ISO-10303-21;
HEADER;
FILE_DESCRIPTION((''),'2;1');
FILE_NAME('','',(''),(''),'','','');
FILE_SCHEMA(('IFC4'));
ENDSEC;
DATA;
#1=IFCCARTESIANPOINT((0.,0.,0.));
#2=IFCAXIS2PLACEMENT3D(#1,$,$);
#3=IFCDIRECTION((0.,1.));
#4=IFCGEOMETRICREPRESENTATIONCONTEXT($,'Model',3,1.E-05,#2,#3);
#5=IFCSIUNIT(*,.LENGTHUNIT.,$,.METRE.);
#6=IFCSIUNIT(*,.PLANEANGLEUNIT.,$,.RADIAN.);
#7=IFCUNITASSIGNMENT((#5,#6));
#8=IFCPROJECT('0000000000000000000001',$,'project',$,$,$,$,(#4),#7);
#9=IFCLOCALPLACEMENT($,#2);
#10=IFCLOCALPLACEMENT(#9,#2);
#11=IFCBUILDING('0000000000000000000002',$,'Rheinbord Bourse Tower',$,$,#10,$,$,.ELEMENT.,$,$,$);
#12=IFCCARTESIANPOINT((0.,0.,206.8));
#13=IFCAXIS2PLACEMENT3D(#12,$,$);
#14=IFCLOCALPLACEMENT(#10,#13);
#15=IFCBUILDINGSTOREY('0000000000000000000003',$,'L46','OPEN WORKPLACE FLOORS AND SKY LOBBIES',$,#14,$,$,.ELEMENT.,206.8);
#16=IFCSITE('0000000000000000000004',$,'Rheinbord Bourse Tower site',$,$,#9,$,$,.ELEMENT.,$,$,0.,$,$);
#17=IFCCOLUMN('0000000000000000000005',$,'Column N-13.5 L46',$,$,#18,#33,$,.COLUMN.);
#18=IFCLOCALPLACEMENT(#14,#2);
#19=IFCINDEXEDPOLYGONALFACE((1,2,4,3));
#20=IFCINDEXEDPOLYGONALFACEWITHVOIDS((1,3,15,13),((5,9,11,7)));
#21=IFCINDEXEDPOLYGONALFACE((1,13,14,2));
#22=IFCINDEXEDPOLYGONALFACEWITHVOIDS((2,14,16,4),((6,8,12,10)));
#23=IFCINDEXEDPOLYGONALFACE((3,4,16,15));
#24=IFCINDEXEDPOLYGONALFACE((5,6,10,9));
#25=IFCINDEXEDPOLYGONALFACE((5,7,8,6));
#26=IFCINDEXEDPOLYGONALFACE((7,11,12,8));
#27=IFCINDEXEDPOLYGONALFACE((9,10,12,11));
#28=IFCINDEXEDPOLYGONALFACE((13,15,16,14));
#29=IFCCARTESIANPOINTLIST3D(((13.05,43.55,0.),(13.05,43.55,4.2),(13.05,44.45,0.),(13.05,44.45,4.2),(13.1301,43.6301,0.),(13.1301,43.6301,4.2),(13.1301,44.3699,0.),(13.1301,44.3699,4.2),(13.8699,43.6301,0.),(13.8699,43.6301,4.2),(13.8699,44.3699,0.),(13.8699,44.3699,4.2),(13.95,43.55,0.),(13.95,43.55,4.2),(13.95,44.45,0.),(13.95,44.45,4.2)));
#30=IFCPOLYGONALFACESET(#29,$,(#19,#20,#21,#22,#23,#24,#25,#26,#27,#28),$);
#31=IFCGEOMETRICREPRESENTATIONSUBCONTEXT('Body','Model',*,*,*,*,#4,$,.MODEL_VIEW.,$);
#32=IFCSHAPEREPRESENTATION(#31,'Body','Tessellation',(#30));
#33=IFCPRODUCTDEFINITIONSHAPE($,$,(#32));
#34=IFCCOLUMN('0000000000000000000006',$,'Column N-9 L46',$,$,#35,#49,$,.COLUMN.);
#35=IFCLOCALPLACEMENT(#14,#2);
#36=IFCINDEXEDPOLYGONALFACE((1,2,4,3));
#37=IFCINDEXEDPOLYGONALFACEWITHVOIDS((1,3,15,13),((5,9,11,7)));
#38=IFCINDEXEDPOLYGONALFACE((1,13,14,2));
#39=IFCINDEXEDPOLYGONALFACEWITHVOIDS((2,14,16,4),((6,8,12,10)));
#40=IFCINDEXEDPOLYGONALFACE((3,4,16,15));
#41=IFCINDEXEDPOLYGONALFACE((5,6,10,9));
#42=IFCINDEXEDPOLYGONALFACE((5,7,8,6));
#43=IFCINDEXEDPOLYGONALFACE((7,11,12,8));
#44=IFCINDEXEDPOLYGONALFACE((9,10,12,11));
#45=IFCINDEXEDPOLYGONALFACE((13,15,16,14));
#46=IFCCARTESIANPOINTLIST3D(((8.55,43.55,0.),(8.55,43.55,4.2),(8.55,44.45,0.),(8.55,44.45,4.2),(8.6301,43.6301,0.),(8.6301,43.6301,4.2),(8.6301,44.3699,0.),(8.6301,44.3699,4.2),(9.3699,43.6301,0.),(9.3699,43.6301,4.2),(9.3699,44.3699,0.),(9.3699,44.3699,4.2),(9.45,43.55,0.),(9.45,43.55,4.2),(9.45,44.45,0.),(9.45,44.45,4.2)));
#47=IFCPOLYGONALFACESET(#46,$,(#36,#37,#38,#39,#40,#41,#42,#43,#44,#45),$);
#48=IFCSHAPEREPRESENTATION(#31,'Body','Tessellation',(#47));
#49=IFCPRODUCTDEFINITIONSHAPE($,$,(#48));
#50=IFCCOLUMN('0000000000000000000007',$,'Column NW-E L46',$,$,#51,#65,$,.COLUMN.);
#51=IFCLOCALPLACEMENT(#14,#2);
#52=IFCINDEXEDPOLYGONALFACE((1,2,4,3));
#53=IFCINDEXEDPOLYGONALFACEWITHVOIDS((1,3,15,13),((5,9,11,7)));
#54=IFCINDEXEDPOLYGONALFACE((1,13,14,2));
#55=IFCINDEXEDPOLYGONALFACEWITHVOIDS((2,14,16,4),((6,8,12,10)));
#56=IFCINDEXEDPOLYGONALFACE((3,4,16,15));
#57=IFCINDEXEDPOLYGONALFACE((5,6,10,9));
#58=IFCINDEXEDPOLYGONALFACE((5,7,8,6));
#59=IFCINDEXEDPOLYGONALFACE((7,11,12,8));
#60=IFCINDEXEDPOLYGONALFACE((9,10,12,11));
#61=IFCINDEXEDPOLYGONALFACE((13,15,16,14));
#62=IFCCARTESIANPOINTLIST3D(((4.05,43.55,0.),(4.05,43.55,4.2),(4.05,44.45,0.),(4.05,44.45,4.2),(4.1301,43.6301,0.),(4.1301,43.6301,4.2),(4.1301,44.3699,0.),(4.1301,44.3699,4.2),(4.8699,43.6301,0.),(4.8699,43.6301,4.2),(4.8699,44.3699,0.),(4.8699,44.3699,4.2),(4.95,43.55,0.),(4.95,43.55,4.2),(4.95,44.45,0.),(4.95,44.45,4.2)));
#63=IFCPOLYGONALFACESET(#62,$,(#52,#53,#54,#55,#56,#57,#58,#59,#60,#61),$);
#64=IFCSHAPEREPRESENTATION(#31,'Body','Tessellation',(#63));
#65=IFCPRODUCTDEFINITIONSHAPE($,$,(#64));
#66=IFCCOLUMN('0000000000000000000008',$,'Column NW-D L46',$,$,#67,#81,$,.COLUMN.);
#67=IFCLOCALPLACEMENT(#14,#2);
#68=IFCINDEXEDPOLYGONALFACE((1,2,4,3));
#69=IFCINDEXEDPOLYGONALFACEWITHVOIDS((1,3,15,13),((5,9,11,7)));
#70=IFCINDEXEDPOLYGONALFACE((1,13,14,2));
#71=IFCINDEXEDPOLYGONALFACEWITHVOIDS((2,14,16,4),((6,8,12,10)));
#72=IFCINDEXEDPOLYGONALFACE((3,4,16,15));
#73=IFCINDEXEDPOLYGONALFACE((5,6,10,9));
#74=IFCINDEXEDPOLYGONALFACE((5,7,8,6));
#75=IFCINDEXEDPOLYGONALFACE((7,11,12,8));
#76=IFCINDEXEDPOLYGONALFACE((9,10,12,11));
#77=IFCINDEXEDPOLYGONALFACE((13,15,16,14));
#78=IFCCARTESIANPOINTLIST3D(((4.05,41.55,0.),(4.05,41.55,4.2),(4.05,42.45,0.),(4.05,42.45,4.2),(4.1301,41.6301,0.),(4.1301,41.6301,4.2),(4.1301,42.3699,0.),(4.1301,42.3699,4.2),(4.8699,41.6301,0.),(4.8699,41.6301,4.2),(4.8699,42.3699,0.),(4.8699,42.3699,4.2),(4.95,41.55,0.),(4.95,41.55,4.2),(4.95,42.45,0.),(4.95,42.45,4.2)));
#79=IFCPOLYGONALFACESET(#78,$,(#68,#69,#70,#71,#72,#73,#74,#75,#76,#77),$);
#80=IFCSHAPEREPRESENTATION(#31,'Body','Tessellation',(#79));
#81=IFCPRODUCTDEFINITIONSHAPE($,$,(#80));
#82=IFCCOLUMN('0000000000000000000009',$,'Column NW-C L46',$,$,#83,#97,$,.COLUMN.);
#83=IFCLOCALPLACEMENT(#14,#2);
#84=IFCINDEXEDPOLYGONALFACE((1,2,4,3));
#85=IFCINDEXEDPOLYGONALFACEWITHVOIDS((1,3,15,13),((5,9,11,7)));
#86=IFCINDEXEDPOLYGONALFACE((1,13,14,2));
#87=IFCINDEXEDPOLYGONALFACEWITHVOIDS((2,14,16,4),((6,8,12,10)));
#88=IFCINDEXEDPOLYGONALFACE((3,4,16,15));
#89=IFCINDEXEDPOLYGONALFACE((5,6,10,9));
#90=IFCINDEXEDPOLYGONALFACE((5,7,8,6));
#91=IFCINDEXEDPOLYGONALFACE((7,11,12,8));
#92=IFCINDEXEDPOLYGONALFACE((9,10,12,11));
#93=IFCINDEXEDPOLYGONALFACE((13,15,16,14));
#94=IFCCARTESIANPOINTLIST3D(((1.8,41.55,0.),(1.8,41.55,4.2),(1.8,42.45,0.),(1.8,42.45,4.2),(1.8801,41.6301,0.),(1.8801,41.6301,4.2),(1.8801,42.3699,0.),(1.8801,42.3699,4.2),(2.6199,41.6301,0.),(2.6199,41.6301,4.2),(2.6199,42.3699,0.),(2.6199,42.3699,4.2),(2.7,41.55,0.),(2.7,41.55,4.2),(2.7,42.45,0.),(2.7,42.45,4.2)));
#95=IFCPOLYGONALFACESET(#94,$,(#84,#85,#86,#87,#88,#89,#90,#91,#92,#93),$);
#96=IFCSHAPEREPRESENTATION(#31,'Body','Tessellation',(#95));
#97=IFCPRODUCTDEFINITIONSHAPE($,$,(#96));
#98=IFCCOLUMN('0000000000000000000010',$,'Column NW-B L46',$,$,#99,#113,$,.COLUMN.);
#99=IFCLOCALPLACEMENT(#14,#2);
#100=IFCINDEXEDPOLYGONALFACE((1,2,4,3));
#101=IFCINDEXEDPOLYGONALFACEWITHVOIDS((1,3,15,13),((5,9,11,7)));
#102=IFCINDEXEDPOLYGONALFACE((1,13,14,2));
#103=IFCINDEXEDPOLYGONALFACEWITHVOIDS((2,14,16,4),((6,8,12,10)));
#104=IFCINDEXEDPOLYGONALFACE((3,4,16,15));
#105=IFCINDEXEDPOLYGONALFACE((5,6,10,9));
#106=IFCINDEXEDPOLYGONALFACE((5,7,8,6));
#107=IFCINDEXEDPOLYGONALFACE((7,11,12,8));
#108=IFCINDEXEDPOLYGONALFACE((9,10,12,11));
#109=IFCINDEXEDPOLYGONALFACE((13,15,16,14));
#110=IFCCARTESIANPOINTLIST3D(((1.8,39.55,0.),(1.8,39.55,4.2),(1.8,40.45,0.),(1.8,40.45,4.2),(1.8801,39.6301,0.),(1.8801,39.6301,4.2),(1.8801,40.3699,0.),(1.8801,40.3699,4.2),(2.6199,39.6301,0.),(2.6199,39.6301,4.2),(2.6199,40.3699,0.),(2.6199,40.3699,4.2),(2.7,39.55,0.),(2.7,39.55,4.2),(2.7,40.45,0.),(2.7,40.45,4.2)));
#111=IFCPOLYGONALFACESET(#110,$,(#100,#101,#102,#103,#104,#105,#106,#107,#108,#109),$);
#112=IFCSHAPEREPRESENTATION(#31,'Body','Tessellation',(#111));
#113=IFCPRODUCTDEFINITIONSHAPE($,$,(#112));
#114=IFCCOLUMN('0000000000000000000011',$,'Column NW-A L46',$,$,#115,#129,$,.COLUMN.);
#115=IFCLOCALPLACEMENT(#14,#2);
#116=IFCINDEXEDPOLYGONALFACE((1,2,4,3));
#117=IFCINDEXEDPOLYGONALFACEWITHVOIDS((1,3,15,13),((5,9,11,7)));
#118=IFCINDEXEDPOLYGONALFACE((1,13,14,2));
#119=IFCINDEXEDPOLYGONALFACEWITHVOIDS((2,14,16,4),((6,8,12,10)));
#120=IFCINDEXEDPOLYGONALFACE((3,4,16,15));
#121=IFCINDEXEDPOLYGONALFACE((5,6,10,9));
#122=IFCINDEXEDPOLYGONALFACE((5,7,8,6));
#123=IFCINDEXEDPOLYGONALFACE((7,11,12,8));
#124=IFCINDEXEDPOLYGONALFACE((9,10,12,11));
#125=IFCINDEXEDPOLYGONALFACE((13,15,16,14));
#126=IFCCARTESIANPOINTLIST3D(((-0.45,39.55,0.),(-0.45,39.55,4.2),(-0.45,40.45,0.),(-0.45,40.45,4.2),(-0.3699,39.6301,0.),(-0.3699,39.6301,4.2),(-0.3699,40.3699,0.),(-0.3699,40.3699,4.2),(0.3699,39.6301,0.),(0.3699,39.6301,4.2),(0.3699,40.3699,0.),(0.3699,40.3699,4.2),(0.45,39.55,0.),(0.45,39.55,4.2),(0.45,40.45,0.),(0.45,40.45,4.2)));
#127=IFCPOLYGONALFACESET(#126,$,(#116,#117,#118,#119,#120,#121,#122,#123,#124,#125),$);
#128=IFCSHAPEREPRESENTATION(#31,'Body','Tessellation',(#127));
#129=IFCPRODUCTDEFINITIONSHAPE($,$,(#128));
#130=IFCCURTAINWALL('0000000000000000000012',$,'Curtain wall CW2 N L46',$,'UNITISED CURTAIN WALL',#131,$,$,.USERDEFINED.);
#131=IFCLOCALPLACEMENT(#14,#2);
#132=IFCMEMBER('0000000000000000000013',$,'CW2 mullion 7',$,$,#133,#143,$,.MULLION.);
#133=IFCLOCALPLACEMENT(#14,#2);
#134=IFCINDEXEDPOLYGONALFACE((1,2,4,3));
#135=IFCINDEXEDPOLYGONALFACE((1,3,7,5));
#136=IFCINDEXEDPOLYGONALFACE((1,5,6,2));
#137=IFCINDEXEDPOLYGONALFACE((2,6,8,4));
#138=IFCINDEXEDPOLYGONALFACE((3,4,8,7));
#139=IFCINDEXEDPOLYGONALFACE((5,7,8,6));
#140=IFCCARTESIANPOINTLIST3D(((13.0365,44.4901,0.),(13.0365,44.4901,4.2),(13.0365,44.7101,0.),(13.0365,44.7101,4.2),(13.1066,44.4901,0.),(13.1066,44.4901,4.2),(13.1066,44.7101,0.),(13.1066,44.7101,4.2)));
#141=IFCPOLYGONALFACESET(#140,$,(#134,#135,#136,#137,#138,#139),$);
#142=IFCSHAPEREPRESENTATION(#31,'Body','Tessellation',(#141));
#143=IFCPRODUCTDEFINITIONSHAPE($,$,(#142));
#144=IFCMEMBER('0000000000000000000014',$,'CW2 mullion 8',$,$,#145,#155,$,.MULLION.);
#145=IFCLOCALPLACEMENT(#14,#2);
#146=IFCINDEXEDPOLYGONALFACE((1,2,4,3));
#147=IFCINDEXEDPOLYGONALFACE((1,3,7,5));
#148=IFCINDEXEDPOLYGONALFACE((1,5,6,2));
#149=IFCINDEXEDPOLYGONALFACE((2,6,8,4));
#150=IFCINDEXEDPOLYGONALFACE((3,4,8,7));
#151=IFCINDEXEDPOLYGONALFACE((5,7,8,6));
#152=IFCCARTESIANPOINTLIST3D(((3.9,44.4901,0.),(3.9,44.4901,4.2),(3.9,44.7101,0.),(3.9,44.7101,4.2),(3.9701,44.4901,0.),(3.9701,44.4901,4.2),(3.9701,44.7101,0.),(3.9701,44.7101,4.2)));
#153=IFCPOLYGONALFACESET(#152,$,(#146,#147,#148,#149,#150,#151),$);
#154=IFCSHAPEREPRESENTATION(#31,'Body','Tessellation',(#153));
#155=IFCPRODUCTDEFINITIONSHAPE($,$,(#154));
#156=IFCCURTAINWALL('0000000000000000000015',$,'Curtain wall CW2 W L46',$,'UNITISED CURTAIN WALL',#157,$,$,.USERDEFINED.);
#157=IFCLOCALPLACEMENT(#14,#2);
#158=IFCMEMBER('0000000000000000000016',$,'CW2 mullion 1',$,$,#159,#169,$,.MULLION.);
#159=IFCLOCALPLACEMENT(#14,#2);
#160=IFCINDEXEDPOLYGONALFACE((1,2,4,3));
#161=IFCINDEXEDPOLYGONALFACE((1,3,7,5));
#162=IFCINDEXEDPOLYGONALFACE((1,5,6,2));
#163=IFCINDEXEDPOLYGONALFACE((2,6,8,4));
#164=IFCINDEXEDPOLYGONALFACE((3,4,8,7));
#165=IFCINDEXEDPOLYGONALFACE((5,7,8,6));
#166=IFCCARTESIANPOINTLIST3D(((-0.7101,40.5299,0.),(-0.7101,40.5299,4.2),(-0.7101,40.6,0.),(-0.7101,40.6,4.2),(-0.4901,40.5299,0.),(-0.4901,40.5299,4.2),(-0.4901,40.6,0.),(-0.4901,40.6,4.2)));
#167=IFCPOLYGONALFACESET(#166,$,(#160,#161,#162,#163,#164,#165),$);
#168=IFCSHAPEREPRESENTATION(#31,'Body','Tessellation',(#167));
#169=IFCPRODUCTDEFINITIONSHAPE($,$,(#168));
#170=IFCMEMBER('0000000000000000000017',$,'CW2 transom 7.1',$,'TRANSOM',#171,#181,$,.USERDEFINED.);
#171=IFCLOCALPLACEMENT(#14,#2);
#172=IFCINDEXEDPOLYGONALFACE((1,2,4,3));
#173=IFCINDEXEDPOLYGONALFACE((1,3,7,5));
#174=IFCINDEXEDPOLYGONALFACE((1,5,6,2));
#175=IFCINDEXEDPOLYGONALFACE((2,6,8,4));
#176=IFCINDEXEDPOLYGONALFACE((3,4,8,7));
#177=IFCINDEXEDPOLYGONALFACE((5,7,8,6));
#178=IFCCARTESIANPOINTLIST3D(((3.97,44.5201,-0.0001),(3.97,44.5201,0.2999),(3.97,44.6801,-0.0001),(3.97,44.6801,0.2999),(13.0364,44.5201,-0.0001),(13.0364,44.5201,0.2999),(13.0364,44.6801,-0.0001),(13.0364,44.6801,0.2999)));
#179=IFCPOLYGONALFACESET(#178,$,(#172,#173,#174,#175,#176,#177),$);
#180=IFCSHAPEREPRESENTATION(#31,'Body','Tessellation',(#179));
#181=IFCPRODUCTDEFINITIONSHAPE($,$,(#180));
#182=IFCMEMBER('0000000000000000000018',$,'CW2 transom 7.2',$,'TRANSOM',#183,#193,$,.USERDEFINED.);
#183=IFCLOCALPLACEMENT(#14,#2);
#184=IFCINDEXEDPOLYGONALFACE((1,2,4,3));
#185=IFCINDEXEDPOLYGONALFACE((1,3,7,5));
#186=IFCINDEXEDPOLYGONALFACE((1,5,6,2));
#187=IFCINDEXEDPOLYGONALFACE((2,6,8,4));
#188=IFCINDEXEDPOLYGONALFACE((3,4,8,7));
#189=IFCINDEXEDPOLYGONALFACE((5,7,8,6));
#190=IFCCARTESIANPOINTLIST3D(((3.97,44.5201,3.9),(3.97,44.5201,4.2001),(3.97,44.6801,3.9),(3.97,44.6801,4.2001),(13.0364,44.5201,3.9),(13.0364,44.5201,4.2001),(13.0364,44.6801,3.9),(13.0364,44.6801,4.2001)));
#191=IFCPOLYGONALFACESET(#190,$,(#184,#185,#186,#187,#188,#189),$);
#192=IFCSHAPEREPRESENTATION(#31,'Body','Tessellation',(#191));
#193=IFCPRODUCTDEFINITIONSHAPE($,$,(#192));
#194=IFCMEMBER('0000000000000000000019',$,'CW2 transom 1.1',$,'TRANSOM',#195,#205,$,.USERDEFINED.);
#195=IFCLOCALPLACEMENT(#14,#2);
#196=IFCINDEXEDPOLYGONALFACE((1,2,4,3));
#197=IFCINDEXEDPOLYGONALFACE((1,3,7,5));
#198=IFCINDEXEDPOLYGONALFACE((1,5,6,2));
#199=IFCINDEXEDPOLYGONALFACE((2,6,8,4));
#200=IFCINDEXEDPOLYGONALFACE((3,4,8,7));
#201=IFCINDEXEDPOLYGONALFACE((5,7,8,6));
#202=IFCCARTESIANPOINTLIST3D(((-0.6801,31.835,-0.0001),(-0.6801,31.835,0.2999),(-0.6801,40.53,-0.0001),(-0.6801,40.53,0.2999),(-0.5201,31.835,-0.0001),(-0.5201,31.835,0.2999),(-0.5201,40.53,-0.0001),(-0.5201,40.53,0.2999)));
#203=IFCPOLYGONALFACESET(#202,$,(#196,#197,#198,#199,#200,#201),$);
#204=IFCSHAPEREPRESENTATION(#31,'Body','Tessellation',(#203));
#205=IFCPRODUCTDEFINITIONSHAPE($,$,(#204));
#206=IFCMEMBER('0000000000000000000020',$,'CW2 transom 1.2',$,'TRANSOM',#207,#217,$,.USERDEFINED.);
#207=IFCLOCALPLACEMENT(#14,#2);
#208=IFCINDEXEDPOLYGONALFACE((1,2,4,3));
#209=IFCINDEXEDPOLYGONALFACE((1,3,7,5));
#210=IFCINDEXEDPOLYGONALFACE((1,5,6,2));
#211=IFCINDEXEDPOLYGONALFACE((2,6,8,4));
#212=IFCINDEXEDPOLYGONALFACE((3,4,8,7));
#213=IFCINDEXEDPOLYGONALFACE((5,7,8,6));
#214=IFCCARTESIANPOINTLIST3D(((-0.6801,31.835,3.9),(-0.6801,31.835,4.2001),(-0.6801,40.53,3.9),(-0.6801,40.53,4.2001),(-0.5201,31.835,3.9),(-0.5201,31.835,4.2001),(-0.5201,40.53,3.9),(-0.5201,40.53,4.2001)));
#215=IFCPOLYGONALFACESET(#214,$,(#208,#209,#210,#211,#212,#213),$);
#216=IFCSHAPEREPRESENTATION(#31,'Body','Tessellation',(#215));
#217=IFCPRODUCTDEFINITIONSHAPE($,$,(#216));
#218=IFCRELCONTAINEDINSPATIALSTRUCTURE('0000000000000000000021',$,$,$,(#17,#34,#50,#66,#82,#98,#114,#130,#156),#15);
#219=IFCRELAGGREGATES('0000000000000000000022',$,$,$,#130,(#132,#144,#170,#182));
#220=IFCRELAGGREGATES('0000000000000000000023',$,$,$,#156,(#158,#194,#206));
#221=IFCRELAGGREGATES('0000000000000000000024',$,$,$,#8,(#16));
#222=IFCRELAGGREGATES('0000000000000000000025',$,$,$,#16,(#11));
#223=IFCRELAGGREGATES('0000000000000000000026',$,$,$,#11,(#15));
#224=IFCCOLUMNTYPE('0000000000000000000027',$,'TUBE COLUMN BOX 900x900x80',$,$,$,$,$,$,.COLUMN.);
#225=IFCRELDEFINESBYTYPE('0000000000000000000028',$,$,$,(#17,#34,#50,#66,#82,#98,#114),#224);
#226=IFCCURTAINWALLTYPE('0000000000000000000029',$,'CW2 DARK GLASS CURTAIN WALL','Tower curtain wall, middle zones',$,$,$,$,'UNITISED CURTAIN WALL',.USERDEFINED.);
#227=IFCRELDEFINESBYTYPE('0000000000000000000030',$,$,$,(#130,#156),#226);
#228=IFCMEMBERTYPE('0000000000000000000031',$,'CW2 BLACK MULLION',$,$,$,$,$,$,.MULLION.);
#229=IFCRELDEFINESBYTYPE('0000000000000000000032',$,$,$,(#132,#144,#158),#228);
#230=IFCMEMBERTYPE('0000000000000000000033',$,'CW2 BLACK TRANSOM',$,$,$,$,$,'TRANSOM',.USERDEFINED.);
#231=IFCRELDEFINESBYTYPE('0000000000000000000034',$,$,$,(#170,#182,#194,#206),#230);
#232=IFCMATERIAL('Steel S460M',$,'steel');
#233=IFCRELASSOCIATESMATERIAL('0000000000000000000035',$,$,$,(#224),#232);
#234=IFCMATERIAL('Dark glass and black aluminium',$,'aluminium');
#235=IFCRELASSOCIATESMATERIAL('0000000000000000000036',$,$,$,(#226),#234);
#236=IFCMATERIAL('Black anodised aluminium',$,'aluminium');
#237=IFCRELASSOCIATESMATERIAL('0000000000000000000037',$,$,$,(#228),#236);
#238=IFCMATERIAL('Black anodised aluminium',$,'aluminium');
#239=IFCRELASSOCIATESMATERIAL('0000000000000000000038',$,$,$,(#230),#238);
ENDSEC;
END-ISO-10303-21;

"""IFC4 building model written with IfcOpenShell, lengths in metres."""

from ifc_helpers import new_model, si_unit, direction, frame, origin, origin_2d, place, context, subcontext, project, spatial, rectangle, hollow_rectangle, extrude, material, material_profile, profile_set, type_object, element, aggregate, save


model = new_model("IFC4")

# Units and contexts
model_context = context("Model", 3, precision=1e-05, world=origin(), true_north=direction((0.0, 1.0)))
body_context = subcontext(model_context, "Body", "Model", "MODEL_VIEW")
ifc_project = project(units=[si_unit("LENGTHUNIT", "METRE"), si_unit("PLANEANGLEUNIT", "RADIAN")], contexts=[model_context])

# Site, building, storey
site_placement = place(None, origin())
site = spatial("IfcSite", under=ifc_project, at=site_placement, Name="Rheinbord Bourse Tower site", CompositionType="ELEMENT", RefElevation=0.0)
building_placement = place(site_placement, origin())
building = spatial("IfcBuilding", under=site, at=building_placement, Name="Rheinbord Bourse Tower", CompositionType="ELEMENT")
storey_placement = place(building_placement, frame((0.0, 0.0, 206.8)))
storey = spatial("IfcBuildingStorey", under=building, at=storey_placement, Name="L46", Description="OPEN WORKPLACE FLOORS AND SKY LOBBIES", CompositionType="ELEMENT", Elevation=206.8)

# Columns
ifc_material_1 = material(Name="Steel S460M", Category="steel")
ifc_material_profile_1 = material_profile(ifc_material_1, hollow_rectangle(XDim=0.8999, YDim=0.8999, WallThickness=0.0801, at=origin_2d()), Name="BOX 900x900x80")
ifc_profile_set_1 = profile_set([ifc_material_profile_1], Name="Steel S460M")
column_type = type_object("IfcColumnType", Name="TUBE COLUMN BOX 900x900x80", PredefinedType="COLUMN", material=ifc_profile_set_1)
for number, where, z_axis, x_axis, name in (
    (1, (13.5, 44.0, 0.0), (0.0, 0.0, 1.0), (0.0, 1.0, 0.0), "Column N-13.5 L46"),
    (2, (9.0, 44.0, 0.0), (0.0, 0.0, 1.0), (0.0, 1.0, 0.0), "Column N-9 L46"),
    (3, (4.5, 44.0, 0.0), (0.0, 0.0, 1.0), (0.0, 1.0, 0.0), "Column NW-E L46"),
    (4, (4.5, 42.0, 0.0), (0.0, 0.0, 1.0), (0.0, 1.0, 0.0), "Column NW-D L46"),
    (5, (2.25, 42.0, 0.0), (0.0, 0.0, 1.0), (1.0, 0.0, 0.0), "Column NW-C L46"),
    (6, (2.25, 40.0, 0.0), (0.0, 0.0, 1.0), (1.0, 0.0, 0.0), "Column NW-B L46"),
    (7, (0.0, 40.0, 0.0), (0.0, 0.0, 1.0), (1.0, 0.0, 0.0), "Column NW-A L46"),
):
    element("IfcColumn", number, at=place(storey_placement, frame(where, z_axis=z_axis, x_axis=x_axis)), inside=storey, type_object=column_type, Name=name, PredefinedType="COLUMN", context=body_context, shape_type="SweptSolid", body=[
        extrude(hollow_rectangle(XDim=0.8999, YDim=0.8999, WallThickness=0.0801, at=origin_2d()), origin(), (0.0, 0.0, 1.0), 4.2),
    ])

# Curtain wall, members
ifc_material_2 = material(Name="Dark glass and black aluminium", Category="aluminium")
curtain_wall_type = type_object("IfcCurtainWallType", Name="CW2 DARK GLASS CURTAIN WALL", Description="Tower curtain wall, middle zones", ElementType="UNITISED CURTAIN WALL", PredefinedType="USERDEFINED", material=ifc_material_2)
curtain_wall_1_placement = place(storey_placement, origin())
curtain_wall_1 = element("IfcCurtainWall", 8, at=curtain_wall_1_placement, inside=storey, type_object=curtain_wall_type, Name="Curtain wall CW2 N L46", ObjectType="UNITISED CURTAIN WALL", PredefinedType="USERDEFINED")
ifc_material_3 = material(Name="Black anodised aluminium", Category="aluminium")
ifc_material_profile_2 = material_profile(ifc_material_3, rectangle(XDim=0.22, YDim=0.0701, at=origin_2d()), Name="CW2 MULLION 70x220")
ifc_profile_set_2 = profile_set([ifc_material_profile_2], Name="Black anodised aluminium")
member_type_1 = type_object("IfcMemberType", Name="CW2 BLACK MULLION", PredefinedType="MULLION", material=ifc_profile_set_2)
member_1_placement = place(storey_placement, frame((13.0715, 44.6001, 0.0), z_axis=(0.0, 0.0, 1.0), x_axis=(0.0, -1.0, 0.0)))
member_1 = element("IfcMember", 9, at=member_1_placement, type_object=member_type_1, Name="CW2 mullion 7", PredefinedType="MULLION", context=body_context, shape_type="SweptSolid", body=[
    extrude(rectangle(XDim=0.22, YDim=0.0701, at=origin_2d()), origin(), (0.0, 0.0, 1.0), 4.2),
])
member_2_placement = place(storey_placement, frame((3.9351, 44.6001, 0.0), z_axis=(0.0, 0.0, 1.0), x_axis=(0.0, -1.0, 0.0)))
member_2 = element("IfcMember", 10, at=member_2_placement, type_object=member_type_1, Name="CW2 mullion 8", PredefinedType="MULLION", context=body_context, shape_type="SweptSolid", body=[
    extrude(rectangle(XDim=0.22, YDim=0.0701, at=origin_2d()), origin(), (0.0, 0.0, 1.0), 4.2),
])

# Curtain wall, member
curtain_wall_2_placement = place(storey_placement, origin())
curtain_wall_2 = element("IfcCurtainWall", 11, at=curtain_wall_2_placement, inside=storey, type_object=curtain_wall_type, Name="Curtain wall CW2 W L46", ObjectType="UNITISED CURTAIN WALL", PredefinedType="USERDEFINED")
member_3_placement = place(storey_placement, frame((-0.6001, 40.5649, 0.0), z_axis=(0.0, 0.0, 1.0), x_axis=(1.0, 0.0, 0.0)))
member_3 = element("IfcMember", 12, at=member_3_placement, type_object=member_type_1, Name="CW2 mullion 1", PredefinedType="MULLION", context=body_context, shape_type="SweptSolid", body=[
    extrude(rectangle(XDim=0.22, YDim=0.0701, at=origin_2d()), origin(), (0.0, 0.0, 1.0), 4.2),
])

# Members
ifc_material_4 = material(Name="Black anodised aluminium", Category="aluminium")
ifc_material_profile_3 = material_profile(ifc_material_4, rectangle(XDim=0.1599, YDim=0.3, at=origin_2d()), Name="CW2 TRANSOM 300x160")
ifc_profile_set_3 = profile_set([ifc_material_profile_3], Name="Black anodised aluminium")
member_type_2 = type_object("IfcMemberType", Name="CW2 BLACK TRANSOM", ElementType="TRANSOM", PredefinedType="USERDEFINED", material=ifc_profile_set_3)
member_4_placement = place(storey_placement, frame((13.0364, 44.6001, 0.1499), z_axis=(-1.0, 0.0, 0.0), x_axis=(0.0, -1.0, 0.0)))
member_4 = element("IfcMember", 13, at=member_4_placement, type_object=member_type_2, Name="CW2 transom 7.1", ObjectType="TRANSOM", PredefinedType="USERDEFINED", context=body_context, shape_type="SweptSolid", body=[
    extrude(rectangle(XDim=0.1599, YDim=0.3, at=origin_2d()), origin(), (0.0, 0.0, 1.0), 9.0664),
])
member_5_placement = place(storey_placement, frame((13.0364, 44.6001, 4.05), z_axis=(-1.0, 0.0, 0.0), x_axis=(0.0, -1.0, 0.0)))
member_5 = element("IfcMember", 14, at=member_5_placement, type_object=member_type_2, Name="CW2 transom 7.2", ObjectType="TRANSOM", PredefinedType="USERDEFINED", context=body_context, shape_type="SweptSolid", body=[
    extrude(rectangle(XDim=0.1599, YDim=0.3, at=origin_2d()), origin(), (0.0, 0.0, 1.0), 9.0664),
])
member_6_placement = place(storey_placement, frame((-0.6001, 40.53, 0.1499), z_axis=(0.0, -1.0, 0.0), x_axis=(1.0, 0.0, 0.0)))
member_6 = element("IfcMember", 15, at=member_6_placement, type_object=member_type_2, Name="CW2 transom 1.1", ObjectType="TRANSOM", PredefinedType="USERDEFINED", context=body_context, shape_type="SweptSolid", body=[
    extrude(rectangle(XDim=0.1599, YDim=0.3, at=origin_2d()), origin(), (0.0, 0.0, 1.0), 8.6951),
])
member_7_placement = place(storey_placement, frame((-0.6001, 40.53, 4.05), z_axis=(0.0, -1.0, 0.0), x_axis=(1.0, 0.0, 0.0)))
member_7 = element("IfcMember", 16, at=member_7_placement, type_object=member_type_2, Name="CW2 transom 1.2", ObjectType="TRANSOM", PredefinedType="USERDEFINED", context=body_context, shape_type="SweptSolid", body=[
    extrude(rectangle(XDim=0.1599, YDim=0.3, at=origin_2d()), origin(), (0.0, 0.0, 1.0), 8.6951),
])

aggregate(curtain_wall_1, [member_1, member_2, member_4, member_5])
aggregate(curtain_wall_2, [member_3, member_6, member_7])

save(model, "model.ifc")
